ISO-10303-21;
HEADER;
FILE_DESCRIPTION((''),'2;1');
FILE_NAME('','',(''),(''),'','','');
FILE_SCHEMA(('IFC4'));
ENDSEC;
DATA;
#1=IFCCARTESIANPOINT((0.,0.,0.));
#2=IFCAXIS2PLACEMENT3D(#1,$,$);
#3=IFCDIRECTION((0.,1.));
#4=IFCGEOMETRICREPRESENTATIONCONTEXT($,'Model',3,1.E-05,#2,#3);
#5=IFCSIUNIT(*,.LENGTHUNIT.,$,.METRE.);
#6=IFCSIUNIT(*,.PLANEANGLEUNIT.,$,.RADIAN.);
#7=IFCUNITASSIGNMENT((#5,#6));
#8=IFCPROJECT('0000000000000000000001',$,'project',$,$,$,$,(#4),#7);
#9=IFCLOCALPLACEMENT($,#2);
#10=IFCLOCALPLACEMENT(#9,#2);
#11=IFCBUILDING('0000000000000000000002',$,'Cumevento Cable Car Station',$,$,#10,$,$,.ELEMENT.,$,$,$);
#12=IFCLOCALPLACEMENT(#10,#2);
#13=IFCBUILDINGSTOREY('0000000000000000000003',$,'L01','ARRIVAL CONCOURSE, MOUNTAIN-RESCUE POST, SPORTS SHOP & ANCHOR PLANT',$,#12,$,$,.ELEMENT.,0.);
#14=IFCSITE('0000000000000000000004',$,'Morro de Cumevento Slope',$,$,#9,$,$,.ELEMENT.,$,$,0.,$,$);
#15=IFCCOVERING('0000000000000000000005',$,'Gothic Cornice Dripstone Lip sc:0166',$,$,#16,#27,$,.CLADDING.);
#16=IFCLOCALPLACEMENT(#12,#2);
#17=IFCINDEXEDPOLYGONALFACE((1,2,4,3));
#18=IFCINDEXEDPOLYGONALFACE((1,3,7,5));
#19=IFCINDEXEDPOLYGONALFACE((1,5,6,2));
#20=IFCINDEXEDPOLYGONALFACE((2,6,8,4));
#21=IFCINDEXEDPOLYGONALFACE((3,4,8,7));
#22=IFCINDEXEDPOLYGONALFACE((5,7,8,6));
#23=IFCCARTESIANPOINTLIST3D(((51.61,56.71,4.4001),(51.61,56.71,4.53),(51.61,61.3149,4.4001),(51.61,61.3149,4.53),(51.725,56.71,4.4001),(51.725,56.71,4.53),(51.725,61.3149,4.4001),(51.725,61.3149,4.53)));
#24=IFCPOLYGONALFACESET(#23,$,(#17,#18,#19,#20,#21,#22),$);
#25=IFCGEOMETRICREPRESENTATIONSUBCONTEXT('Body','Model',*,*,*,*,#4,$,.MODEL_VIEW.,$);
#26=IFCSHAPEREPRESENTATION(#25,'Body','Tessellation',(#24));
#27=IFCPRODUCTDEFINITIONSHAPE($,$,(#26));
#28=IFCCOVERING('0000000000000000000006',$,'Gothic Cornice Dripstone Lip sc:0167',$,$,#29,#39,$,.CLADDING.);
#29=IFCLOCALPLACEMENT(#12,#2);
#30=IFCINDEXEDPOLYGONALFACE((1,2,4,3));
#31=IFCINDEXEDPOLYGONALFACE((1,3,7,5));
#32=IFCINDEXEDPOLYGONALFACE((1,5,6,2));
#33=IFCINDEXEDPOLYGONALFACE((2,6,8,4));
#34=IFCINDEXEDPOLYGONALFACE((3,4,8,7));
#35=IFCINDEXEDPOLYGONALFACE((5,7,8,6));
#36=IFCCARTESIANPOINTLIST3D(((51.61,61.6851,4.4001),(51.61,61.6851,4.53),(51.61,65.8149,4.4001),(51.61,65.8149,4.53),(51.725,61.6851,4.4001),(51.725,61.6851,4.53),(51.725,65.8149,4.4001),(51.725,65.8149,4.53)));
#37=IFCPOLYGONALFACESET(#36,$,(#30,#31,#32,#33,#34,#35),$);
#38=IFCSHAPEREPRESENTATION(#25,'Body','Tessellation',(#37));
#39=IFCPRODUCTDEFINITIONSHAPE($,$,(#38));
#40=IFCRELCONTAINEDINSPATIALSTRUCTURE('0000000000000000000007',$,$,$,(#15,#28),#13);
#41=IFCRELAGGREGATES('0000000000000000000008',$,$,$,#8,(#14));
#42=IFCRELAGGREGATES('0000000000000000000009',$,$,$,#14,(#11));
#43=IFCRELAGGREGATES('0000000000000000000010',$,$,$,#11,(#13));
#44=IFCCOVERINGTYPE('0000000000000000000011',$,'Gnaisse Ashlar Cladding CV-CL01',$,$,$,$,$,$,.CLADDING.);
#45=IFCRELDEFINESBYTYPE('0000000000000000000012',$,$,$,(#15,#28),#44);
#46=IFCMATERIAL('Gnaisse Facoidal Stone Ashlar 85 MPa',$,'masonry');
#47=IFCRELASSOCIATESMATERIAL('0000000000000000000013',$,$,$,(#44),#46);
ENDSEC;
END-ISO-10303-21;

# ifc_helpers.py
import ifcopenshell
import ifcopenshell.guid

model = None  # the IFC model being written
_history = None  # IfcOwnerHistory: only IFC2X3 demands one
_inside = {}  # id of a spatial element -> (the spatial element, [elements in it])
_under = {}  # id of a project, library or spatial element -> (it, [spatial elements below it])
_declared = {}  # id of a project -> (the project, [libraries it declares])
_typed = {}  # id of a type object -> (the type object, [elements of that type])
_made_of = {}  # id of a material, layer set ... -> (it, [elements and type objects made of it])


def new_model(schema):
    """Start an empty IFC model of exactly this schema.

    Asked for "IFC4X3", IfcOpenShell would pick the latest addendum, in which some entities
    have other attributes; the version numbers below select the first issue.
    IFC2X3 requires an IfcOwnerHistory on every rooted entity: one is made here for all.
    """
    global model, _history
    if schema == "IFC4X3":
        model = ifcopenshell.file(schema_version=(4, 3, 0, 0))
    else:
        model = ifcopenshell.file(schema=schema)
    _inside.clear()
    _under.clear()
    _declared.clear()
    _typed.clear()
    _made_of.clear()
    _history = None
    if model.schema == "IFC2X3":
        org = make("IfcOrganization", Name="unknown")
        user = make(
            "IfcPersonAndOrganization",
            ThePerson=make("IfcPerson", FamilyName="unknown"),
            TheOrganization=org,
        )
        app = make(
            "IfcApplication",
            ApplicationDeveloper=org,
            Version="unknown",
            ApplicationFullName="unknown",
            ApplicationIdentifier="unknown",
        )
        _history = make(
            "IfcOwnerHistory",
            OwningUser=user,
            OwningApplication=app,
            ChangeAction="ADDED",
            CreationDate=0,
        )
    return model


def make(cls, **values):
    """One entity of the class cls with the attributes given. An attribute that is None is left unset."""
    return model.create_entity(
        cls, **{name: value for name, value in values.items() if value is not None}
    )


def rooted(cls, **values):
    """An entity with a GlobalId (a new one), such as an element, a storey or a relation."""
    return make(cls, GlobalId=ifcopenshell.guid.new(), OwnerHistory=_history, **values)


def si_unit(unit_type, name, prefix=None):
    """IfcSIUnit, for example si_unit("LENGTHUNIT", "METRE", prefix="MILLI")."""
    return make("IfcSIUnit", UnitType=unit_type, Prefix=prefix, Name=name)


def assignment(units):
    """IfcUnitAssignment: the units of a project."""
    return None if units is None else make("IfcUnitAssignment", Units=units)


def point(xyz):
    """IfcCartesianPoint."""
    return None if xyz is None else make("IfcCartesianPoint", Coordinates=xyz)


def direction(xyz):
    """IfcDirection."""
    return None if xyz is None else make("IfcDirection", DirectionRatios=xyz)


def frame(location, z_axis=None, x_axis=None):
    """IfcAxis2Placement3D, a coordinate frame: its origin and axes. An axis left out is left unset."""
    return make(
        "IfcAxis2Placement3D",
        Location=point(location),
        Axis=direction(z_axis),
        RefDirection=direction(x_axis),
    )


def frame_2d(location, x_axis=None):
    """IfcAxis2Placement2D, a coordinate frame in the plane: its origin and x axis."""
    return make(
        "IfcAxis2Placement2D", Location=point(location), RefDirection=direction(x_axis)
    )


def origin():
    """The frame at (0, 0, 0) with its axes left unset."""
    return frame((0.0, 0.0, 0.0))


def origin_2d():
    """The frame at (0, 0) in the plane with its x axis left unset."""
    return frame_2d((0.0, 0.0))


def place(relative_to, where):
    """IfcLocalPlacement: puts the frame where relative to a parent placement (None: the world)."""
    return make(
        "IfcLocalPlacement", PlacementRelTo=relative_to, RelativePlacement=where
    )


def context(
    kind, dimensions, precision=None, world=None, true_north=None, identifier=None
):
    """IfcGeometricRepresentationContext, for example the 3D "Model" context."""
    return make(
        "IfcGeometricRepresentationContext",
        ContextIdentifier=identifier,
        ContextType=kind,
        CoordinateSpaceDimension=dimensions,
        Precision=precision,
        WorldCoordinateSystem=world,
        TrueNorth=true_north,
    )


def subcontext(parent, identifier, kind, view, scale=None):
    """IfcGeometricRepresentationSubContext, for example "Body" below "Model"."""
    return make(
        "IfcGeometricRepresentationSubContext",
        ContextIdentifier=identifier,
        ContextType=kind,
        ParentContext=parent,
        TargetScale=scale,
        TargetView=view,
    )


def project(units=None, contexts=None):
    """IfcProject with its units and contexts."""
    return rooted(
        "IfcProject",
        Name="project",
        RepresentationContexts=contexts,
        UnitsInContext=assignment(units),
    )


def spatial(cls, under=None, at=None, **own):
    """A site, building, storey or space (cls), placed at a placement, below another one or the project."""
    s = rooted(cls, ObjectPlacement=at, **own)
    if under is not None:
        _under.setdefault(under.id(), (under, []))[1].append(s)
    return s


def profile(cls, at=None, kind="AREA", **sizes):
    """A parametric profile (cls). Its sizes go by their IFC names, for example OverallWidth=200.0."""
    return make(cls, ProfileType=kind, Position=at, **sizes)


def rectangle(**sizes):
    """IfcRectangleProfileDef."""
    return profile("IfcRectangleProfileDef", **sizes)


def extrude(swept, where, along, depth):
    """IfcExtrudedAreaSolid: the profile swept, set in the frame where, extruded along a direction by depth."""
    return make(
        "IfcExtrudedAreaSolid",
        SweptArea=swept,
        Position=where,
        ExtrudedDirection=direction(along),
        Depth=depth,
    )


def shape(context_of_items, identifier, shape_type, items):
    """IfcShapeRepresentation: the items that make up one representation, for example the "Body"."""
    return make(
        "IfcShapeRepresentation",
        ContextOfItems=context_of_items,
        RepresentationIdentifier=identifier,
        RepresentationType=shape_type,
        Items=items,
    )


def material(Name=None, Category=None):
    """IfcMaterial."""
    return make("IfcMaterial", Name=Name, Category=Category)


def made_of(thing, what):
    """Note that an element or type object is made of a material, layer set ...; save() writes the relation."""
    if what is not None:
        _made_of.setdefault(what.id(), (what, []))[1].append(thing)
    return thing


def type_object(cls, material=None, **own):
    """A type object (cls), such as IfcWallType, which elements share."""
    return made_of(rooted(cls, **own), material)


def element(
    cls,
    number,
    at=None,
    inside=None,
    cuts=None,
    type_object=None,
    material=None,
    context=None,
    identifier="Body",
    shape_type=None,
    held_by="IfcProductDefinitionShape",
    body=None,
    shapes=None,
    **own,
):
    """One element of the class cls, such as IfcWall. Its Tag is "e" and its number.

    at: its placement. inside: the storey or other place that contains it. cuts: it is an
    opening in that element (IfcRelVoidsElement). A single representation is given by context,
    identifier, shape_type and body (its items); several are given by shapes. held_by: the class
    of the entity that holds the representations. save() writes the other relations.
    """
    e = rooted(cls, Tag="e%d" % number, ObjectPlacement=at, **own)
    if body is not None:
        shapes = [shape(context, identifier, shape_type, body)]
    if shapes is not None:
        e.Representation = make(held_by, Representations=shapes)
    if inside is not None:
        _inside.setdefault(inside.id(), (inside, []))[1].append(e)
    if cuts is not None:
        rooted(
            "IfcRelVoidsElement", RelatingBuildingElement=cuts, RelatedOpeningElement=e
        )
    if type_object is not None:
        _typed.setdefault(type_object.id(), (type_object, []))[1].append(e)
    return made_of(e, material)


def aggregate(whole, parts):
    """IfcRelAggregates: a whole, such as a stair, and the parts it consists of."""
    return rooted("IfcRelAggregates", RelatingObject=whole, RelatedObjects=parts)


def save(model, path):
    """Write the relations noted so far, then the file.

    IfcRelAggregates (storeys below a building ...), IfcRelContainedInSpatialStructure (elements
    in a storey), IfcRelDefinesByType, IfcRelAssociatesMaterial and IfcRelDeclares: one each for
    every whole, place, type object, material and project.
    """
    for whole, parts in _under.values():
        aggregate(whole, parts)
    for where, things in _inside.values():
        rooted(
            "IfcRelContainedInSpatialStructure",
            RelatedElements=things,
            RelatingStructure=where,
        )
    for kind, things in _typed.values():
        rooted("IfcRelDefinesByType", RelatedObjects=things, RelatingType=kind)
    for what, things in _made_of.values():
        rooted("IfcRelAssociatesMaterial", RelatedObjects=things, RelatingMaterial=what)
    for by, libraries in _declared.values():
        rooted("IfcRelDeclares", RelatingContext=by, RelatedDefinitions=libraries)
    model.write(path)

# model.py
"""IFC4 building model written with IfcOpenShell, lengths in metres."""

from ifc_helpers import new_model, si_unit, direction, frame, origin, origin_2d, place, context, subcontext, project, spatial, rectangle, extrude, material, type_object, element, save


model = new_model("IFC4")

# Units and contexts
model_context = context("Model", 3, precision=1e-05, world=origin(), true_north=direction((0.0, 1.0)))
body_context = subcontext(model_context, "Body", "Model", "MODEL_VIEW")
ifc_project = project(units=[si_unit("LENGTHUNIT", "METRE"), si_unit("PLANEANGLEUNIT", "RADIAN")], contexts=[model_context])

# Site, building, storey
site_placement = place(None, origin())
site = spatial("IfcSite", under=ifc_project, at=site_placement, Name="Morro de Cumevento Slope", CompositionType="ELEMENT", RefElevation=0.0)
building_placement = place(site_placement, origin())
building = spatial("IfcBuilding", under=site, at=building_placement, Name="Cumevento Cable Car Station", CompositionType="ELEMENT")
storey_placement = place(building_placement, origin())
storey = spatial("IfcBuildingStorey", under=building, at=storey_placement, Name="L01", Description="ARRIVAL CONCOURSE, MOUNTAIN-RESCUE POST, SPORTS SHOP & ANCHOR PLANT", CompositionType="ELEMENT", Elevation=0.0)

# Coverings
ifc_material_1 = material(Name="Gnaisse Facoidal Stone Ashlar 85 MPa", Category="masonry")
covering_type = type_object("IfcCoveringType", Name="Gnaisse Ashlar Cladding CV-CL01", PredefinedType="CLADDING", material=ifc_material_1)
covering_1_placement = place(storey_placement, frame((51.6675, 59.0125, 4.4001), z_axis=(0.0, 0.0, 1.0), x_axis=(0.0, 1.0, 0.0)))
element("IfcCovering", 1, at=covering_1_placement, inside=storey, type_object=covering_type, Name="Gothic Cornice Dripstone Lip sc:0166", PredefinedType="CLADDING", context=body_context, shape_type="SweptSolid", body=[
    extrude(rectangle(XDim=4.605, YDim=0.115, at=origin_2d()), origin(), (0.0, 0.0, 1.0), 0.1299),
])
covering_2_placement = place(storey_placement, frame((51.6675, 63.75, 4.4001), z_axis=(0.0, 0.0, 1.0), x_axis=(0.0, 1.0, 0.0)))
element("IfcCovering", 2, at=covering_2_placement, inside=storey, type_object=covering_type, Name="Gothic Cornice Dripstone Lip sc:0167", PredefinedType="CLADDING", context=body_context, shape_type="SweptSolid", body=[
    extrude(rectangle(XDim=4.1299, YDim=0.115, at=origin_2d()), origin(), (0.0, 0.0, 1.0), 0.1299),
])

save(model, "model.ifc")
